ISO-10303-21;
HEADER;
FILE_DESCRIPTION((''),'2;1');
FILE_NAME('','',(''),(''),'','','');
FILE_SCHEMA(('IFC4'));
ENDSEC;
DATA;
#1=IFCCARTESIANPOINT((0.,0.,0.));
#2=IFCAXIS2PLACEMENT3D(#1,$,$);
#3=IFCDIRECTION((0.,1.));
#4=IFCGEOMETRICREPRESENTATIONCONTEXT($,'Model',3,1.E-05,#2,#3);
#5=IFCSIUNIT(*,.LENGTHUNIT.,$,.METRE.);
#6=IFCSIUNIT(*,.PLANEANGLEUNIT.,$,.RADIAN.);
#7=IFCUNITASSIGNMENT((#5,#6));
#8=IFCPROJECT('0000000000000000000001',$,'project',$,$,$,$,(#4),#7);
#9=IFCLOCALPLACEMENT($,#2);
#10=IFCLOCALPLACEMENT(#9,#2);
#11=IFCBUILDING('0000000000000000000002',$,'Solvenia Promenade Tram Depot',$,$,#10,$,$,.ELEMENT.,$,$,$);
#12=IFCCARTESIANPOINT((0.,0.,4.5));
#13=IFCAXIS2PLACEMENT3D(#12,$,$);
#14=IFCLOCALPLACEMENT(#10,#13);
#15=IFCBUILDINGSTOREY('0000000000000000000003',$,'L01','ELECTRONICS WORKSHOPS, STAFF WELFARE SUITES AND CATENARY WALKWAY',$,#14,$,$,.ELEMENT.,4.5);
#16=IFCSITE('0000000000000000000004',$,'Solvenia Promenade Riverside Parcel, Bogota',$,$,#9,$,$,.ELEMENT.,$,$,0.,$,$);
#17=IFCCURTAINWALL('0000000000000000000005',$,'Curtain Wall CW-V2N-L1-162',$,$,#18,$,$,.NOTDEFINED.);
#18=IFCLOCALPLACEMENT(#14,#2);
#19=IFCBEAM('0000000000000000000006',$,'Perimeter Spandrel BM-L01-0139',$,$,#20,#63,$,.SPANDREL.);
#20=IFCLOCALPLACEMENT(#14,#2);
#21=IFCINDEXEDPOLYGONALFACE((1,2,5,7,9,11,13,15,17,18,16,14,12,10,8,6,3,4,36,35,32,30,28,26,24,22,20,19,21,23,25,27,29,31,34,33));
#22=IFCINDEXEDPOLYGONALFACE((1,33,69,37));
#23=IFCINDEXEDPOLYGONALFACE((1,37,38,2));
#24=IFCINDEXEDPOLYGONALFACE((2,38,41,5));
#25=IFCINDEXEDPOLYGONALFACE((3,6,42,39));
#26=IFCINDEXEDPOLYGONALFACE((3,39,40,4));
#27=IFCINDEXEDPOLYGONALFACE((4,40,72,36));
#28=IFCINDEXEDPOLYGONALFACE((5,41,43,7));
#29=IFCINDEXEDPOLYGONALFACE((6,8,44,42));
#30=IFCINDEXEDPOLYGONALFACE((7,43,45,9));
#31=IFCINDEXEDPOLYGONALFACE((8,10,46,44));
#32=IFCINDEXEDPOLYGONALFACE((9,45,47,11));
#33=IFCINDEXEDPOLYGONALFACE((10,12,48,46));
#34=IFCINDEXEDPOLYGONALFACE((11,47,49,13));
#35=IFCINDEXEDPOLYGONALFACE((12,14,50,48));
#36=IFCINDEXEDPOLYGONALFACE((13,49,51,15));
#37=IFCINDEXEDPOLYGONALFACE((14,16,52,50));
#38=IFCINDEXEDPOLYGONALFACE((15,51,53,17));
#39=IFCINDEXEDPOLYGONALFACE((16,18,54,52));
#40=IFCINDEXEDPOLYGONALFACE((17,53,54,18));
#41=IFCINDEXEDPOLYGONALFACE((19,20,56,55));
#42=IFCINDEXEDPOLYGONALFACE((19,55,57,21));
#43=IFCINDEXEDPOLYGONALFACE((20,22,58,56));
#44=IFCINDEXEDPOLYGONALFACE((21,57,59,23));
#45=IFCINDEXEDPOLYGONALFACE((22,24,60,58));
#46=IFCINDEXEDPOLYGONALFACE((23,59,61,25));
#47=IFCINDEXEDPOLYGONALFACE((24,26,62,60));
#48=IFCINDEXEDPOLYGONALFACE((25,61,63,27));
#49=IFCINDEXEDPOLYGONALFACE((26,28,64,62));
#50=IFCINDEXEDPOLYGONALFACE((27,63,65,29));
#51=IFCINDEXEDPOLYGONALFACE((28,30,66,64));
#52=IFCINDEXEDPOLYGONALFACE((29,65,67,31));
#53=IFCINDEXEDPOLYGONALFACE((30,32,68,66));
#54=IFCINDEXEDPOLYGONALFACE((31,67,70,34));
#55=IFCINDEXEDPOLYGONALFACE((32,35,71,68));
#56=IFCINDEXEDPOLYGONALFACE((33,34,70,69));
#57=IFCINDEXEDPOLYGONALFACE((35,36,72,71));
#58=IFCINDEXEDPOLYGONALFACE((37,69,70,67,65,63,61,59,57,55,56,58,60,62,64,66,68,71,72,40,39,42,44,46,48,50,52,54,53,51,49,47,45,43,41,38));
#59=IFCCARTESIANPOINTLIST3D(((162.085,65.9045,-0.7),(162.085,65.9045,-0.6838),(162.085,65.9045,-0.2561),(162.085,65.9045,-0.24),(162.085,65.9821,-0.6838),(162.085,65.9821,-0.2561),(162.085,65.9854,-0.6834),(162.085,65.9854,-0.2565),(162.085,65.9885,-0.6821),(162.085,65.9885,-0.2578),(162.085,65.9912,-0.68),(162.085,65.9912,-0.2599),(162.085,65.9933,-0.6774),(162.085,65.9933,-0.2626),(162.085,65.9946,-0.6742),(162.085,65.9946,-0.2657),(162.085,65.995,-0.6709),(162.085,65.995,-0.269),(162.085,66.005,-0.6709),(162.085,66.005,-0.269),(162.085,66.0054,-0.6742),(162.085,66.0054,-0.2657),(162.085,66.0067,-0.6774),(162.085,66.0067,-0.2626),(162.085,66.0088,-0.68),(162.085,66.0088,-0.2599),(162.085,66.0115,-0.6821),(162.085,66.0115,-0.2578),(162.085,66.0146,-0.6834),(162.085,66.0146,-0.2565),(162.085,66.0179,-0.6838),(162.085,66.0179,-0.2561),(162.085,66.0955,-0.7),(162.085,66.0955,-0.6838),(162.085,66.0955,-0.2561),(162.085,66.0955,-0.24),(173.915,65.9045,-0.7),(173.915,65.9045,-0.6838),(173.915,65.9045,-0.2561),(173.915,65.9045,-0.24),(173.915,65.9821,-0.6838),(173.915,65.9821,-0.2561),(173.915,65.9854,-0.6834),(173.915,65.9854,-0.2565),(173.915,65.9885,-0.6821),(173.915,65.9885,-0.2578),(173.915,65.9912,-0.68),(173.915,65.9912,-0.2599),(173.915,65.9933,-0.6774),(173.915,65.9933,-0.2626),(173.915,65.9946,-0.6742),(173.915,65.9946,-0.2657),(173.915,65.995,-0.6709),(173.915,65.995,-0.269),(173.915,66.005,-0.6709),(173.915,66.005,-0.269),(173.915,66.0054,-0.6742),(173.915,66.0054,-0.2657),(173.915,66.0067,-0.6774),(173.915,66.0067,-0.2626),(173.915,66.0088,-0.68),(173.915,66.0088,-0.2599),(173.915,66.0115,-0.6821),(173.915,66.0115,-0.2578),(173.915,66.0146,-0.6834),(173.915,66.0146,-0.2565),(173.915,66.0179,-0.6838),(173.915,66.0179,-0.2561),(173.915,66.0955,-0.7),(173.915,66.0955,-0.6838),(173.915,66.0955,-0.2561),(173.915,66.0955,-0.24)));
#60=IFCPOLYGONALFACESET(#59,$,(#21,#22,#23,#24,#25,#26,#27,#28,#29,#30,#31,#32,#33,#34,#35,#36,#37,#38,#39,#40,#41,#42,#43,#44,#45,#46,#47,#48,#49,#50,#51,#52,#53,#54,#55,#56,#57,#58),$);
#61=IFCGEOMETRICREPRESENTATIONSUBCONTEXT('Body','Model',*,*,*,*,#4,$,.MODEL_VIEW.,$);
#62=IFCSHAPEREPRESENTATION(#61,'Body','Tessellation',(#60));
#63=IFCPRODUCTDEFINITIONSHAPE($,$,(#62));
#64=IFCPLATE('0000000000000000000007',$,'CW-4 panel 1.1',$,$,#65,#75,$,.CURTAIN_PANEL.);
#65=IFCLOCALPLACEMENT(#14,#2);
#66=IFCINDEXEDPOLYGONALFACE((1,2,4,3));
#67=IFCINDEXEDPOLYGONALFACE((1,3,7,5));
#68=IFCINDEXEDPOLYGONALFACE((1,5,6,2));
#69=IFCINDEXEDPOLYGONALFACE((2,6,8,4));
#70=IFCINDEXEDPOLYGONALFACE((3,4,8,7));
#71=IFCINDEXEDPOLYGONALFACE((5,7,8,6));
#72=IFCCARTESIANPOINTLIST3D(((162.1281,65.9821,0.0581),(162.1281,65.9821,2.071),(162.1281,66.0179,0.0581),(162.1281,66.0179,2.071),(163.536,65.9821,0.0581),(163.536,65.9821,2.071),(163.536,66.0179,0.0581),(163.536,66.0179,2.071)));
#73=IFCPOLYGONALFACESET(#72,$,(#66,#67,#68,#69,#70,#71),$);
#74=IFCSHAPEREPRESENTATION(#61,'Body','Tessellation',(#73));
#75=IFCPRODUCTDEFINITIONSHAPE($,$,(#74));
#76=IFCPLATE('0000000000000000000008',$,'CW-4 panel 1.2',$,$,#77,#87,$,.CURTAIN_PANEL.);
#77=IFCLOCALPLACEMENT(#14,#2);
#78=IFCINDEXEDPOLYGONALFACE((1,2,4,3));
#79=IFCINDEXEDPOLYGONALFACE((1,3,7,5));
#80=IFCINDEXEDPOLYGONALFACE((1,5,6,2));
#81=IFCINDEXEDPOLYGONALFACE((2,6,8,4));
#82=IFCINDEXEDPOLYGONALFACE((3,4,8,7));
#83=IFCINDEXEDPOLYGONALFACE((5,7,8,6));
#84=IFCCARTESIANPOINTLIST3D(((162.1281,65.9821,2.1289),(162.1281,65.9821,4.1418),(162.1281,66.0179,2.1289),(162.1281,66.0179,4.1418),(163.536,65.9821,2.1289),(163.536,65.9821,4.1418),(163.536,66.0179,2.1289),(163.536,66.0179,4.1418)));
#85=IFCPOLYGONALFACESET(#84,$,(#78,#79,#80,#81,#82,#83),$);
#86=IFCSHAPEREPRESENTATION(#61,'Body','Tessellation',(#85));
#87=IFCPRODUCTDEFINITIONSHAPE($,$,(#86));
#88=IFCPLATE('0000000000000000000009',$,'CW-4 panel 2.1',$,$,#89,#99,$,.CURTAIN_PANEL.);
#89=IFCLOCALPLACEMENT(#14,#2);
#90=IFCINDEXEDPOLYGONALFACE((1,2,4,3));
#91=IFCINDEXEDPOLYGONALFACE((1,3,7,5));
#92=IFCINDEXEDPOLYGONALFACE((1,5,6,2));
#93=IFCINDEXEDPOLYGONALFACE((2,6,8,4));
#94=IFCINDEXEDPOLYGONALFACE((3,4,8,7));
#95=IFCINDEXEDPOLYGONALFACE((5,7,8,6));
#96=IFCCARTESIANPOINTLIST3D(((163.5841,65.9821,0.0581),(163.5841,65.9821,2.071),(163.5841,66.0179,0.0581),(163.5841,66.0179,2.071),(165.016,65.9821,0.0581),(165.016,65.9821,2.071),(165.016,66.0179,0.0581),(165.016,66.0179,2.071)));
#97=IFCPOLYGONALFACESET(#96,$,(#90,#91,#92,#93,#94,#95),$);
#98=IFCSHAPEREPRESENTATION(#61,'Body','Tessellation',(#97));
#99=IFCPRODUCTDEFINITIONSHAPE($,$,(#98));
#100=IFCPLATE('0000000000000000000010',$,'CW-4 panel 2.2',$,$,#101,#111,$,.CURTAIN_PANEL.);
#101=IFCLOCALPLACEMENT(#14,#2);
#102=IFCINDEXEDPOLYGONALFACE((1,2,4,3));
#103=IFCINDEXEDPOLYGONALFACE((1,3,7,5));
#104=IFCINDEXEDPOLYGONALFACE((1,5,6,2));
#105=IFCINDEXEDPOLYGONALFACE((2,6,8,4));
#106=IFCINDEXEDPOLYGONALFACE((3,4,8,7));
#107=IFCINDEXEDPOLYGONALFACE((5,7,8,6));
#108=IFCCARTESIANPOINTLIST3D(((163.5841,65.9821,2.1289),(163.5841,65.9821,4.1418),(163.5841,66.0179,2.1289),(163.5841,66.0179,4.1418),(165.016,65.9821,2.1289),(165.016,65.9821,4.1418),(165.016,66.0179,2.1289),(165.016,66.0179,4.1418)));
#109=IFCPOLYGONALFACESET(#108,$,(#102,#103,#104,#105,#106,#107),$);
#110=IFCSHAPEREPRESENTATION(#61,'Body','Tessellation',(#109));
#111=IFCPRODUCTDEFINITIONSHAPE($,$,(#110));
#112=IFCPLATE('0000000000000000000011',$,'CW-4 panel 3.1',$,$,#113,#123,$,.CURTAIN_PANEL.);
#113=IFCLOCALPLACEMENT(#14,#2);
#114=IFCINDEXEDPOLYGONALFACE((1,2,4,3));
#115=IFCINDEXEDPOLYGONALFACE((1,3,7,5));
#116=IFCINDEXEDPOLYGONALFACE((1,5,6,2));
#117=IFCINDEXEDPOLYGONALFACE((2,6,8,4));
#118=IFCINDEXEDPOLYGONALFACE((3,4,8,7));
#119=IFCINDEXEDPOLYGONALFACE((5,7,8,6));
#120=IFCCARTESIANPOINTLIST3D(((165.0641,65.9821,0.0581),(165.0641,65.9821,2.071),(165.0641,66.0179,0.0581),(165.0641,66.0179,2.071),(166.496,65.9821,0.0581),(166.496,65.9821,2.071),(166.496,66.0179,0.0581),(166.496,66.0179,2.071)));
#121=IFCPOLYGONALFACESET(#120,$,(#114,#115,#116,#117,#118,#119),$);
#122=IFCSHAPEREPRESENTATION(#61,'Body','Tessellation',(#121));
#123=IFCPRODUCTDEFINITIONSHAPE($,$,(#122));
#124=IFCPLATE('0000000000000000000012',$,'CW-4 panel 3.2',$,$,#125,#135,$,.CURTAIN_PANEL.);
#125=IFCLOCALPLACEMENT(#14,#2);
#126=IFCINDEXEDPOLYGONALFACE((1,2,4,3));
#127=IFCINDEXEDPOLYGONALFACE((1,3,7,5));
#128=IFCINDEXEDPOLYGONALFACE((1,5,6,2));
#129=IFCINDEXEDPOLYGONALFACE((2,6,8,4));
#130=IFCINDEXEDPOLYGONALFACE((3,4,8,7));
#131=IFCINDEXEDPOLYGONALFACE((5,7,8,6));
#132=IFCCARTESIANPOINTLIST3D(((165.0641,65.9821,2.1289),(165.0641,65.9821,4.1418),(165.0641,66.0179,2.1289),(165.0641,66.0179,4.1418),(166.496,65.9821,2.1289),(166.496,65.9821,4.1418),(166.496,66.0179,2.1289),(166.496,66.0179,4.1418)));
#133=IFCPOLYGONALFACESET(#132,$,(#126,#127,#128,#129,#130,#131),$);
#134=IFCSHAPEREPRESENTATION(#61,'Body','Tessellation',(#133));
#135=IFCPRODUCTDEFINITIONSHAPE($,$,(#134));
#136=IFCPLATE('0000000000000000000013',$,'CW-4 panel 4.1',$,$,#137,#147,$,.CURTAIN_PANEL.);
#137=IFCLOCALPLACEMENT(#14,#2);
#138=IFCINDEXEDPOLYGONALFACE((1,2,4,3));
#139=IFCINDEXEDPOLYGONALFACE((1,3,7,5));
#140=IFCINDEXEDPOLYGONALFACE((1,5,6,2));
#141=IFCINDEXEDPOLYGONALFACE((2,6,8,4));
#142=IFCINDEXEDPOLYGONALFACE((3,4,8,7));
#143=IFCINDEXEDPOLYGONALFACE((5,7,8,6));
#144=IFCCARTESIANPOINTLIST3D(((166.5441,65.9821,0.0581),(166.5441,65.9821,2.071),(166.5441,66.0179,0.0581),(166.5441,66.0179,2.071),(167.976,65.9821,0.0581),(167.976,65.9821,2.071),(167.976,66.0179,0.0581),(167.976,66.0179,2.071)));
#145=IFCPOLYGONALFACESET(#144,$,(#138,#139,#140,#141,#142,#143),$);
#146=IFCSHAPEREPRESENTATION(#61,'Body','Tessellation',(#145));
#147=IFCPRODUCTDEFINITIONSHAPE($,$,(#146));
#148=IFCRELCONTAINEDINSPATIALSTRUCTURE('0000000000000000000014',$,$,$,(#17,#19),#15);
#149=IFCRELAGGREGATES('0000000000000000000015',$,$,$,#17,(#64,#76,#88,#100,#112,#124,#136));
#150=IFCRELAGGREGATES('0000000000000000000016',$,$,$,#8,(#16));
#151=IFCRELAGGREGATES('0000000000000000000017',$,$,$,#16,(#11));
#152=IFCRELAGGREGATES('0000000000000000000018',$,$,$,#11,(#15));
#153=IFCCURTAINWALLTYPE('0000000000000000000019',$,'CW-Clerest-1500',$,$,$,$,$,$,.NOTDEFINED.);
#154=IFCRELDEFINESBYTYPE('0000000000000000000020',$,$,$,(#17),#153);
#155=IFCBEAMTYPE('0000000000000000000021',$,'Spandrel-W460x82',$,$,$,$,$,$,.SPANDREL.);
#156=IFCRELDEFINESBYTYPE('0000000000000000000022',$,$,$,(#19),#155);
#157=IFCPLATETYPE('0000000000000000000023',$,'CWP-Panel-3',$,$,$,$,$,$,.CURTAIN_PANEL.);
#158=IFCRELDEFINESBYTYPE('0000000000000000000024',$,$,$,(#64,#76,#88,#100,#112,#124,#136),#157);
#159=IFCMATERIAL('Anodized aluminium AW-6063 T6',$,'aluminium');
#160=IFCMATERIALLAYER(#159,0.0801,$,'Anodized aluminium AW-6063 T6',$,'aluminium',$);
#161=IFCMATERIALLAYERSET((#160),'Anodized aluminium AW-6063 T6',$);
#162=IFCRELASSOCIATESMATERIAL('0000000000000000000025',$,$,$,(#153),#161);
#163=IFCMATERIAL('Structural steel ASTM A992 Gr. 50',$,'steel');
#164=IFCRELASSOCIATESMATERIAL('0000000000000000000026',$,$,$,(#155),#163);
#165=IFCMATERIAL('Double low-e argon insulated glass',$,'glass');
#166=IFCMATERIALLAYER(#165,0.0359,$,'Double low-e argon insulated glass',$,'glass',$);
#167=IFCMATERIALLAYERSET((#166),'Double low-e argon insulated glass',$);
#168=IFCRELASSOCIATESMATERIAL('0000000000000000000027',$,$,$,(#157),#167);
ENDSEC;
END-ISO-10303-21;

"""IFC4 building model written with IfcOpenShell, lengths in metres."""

from ifc_helpers import new_model, si_unit, direction, frame, origin, origin_2d, place, context, subcontext, project, spatial, rectangle, i_section, extrude, material, layer, layer_set, material_profile, profile_set, type_object, element, aggregate, save


model = new_model("IFC4")

# Units and contexts
model_context = context("Model", 3, precision=1e-05, world=origin(), true_north=direction((0.0, 1.0)))
body_context = subcontext(model_context, "Body", "Model", "MODEL_VIEW")
ifc_project = project(units=[si_unit("LENGTHUNIT", "METRE"), si_unit("PLANEANGLEUNIT", "RADIAN")], contexts=[model_context])

# Site, building, storey
site_placement = place(None, origin())
site = spatial("IfcSite", under=ifc_project, at=site_placement, Name="Solvenia Promenade Riverside Parcel, Bogota", CompositionType="ELEMENT", RefElevation=0.0)
building_placement = place(site_placement, origin())
building = spatial("IfcBuilding", under=site, at=building_placement, Name="Solvenia Promenade Tram Depot", CompositionType="ELEMENT")
storey_placement = place(building_placement, frame((0.0, 0.0, 4.5)))
storey = spatial("IfcBuildingStorey", under=building, at=storey_placement, Name="L01", Description="ELECTRONICS WORKSHOPS, STAFF WELFARE SUITES AND CATENARY WALKWAY", CompositionType="ELEMENT", Elevation=4.5)

# Shared definitions
ifc_material_1 = material(Name="Structural steel ASTM A992 Gr. 50", Category="steel")

# Shared definitions
ifc_material_2 = material(Name="Anodized aluminium AW-6063 T6", Category="aluminium")
ifc_layer_1 = layer(ifc_material_2, 0.0801, Name="Anodized aluminium AW-6063 T6", Category="aluminium")
ifc_layer_set_1 = layer_set([ifc_layer_1], Name="Anodized aluminium AW-6063 T6")
curtain_wall_type = type_object("IfcCurtainWallType", Name="CW-Clerest-1500", PredefinedType="NOTDEFINED", material=ifc_layer_set_1)

# Curtain wall
curtain_wall_1_placement = place(storey_placement, origin())
curtain_wall_1 = element("IfcCurtainWall", 1, at=curtain_wall_1_placement, inside=storey, type_object=curtain_wall_type, Name="Curtain Wall CW-V2N-L1-162", PredefinedType="NOTDEFINED")

# Beam
ifc_material_profile_1 = material_profile(ifc_material_1, i_section(OverallWidth=0.1909, OverallDepth=0.46, WebThickness=0.01, FlangeThickness=0.0161, FilletRadius=0.0129, at=origin_2d()), Name="W460x82", Category="steel")
ifc_profile_set_1 = profile_set([ifc_material_profile_1], Name="Structural steel ASTM A992 Gr. 50")
beam_type = type_object("IfcBeamType", Name="Spandrel-W460x82", PredefinedType="SPANDREL", material=ifc_profile_set_1)
beam_placement = place(storey_placement, frame((162.085, 66.0, -0.47), z_axis=(1.0, 0.0, 0.0), x_axis=(0.0, 1.0, 0.0)))
element("IfcBeam", 2, at=beam_placement, inside=storey, type_object=beam_type, Name="Perimeter Spandrel BM-L01-0139", PredefinedType="SPANDREL", context=body_context, shape_type="SweptSolid", body=[
    extrude(i_section(OverallWidth=0.1909, OverallDepth=0.46, WebThickness=0.01, FlangeThickness=0.0161, FilletRadius=0.0129, at=origin_2d()), origin(), (0.0, 0.0, 1.0), 11.8301),
])

# Plates
ifc_material_3 = material(Name="Double low-e argon insulated glass", Category="glass")
ifc_layer_2 = layer(ifc_material_3, 0.0359, Name="Double low-e argon insulated glass", Category="glass")
ifc_layer_set_2 = layer_set([ifc_layer_2], Name="Double low-e argon insulated glass")
plate_type = type_object("IfcPlateType", Name="CWP-Panel-3", PredefinedType="CURTAIN_PANEL", material=ifc_layer_set_2)
plate_1_placement = place(storey_placement, frame((162.832, 66.0, 0.0581), z_axis=(0.0, 0.0, 1.0), x_axis=(1.0, 0.0, 0.0)))
plate_1 = element("IfcPlate", 3, at=plate_1_placement, type_object=plate_type, Name="CW-4 panel 1.1", PredefinedType="CURTAIN_PANEL", context=body_context, shape_type="SweptSolid", body=[
    extrude(rectangle(XDim=1.408, YDim=0.0359, at=origin_2d()), origin(), (0.0, 0.0, 1.0), 2.0129),
])
plate_2_placement = place(storey_placement, frame((162.832, 66.0, 2.1289), z_axis=(0.0, 0.0, 1.0), x_axis=(1.0, 0.0, 0.0)))
plate_2 = element("IfcPlate", 4, at=plate_2_placement, type_object=plate_type, Name="CW-4 panel 1.2", PredefinedType="CURTAIN_PANEL", context=body_context, shape_type="SweptSolid", body=[
    extrude(rectangle(XDim=1.408, YDim=0.0359, at=origin_2d()), origin(), (0.0, 0.0, 1.0), 2.0129),
])
plate_3_placement = place(storey_placement, frame((164.3, 66.0, 0.0581), z_axis=(0.0, 0.0, 1.0), x_axis=(1.0, 0.0, 0.0)))
plate_3 = element("IfcPlate", 5, at=plate_3_placement, type_object=plate_type, Name="CW-4 panel 2.1", PredefinedType="CURTAIN_PANEL", context=body_context, shape_type="SweptSolid", body=[
    extrude(rectangle(XDim=1.4319, YDim=0.0359, at=origin_2d()), origin(), (0.0, 0.0, 1.0), 2.0129),
])
plate_4_placement = place(storey_placement, frame((164.3, 66.0, 2.1289), z_axis=(0.0, 0.0, 1.0), x_axis=(1.0, 0.0, 0.0)))
plate_4 = element("IfcPlate", 6, at=plate_4_placement, type_object=plate_type, Name="CW-4 panel 2.2", PredefinedType="CURTAIN_PANEL", context=body_context, shape_type="SweptSolid", body=[
    extrude(rectangle(XDim=1.4319, YDim=0.0359, at=origin_2d()), origin(), (0.0, 0.0, 1.0), 2.0129),
])
plate_5_placement = place(storey_placement, frame((165.78, 66.0, 0.0581), z_axis=(0.0, 0.0, 1.0), x_axis=(1.0, 0.0, 0.0)))
plate_5 = element("IfcPlate", 7, at=plate_5_placement, type_object=plate_type, Name="CW-4 panel 3.1", PredefinedType="CURTAIN_PANEL", context=body_context, shape_type="SweptSolid", body=[
    extrude(rectangle(XDim=1.4319, YDim=0.0359, at=origin_2d()), origin(), (0.0, 0.0, 1.0), 2.0129),
])
plate_6_placement = place(storey_placement, frame((165.78, 66.0, 2.1289), z_axis=(0.0, 0.0, 1.0), x_axis=(1.0, 0.0, 0.0)))
plate_6 = element("IfcPlate", 8, at=plate_6_placement, type_object=plate_type, Name="CW-4 panel 3.2", PredefinedType="CURTAIN_PANEL", context=body_context, shape_type="SweptSolid", body=[
    extrude(rectangle(XDim=1.4319, YDim=0.0359, at=origin_2d()), origin(), (0.0, 0.0, 1.0), 2.0129),
])
plate_7_placement = place(storey_placement, frame((167.26, 66.0, 0.0581), z_axis=(0.0, 0.0, 1.0), x_axis=(1.0, 0.0, 0.0)))
plate_7 = element("IfcPlate", 9, at=plate_7_placement, type_object=plate_type, Name="CW-4 panel 4.1", PredefinedType="CURTAIN_PANEL", context=body_context, shape_type="SweptSolid", body=[
    extrude(rectangle(XDim=1.4319, YDim=0.0359, at=origin_2d()), origin(), (0.0, 0.0, 1.0), 2.0129),
])
aggregate(curtain_wall_1, [plate_1, plate_2, plate_3, plate_4, plate_5, plate_6, plate_7])

save(model, "model.ifc")
